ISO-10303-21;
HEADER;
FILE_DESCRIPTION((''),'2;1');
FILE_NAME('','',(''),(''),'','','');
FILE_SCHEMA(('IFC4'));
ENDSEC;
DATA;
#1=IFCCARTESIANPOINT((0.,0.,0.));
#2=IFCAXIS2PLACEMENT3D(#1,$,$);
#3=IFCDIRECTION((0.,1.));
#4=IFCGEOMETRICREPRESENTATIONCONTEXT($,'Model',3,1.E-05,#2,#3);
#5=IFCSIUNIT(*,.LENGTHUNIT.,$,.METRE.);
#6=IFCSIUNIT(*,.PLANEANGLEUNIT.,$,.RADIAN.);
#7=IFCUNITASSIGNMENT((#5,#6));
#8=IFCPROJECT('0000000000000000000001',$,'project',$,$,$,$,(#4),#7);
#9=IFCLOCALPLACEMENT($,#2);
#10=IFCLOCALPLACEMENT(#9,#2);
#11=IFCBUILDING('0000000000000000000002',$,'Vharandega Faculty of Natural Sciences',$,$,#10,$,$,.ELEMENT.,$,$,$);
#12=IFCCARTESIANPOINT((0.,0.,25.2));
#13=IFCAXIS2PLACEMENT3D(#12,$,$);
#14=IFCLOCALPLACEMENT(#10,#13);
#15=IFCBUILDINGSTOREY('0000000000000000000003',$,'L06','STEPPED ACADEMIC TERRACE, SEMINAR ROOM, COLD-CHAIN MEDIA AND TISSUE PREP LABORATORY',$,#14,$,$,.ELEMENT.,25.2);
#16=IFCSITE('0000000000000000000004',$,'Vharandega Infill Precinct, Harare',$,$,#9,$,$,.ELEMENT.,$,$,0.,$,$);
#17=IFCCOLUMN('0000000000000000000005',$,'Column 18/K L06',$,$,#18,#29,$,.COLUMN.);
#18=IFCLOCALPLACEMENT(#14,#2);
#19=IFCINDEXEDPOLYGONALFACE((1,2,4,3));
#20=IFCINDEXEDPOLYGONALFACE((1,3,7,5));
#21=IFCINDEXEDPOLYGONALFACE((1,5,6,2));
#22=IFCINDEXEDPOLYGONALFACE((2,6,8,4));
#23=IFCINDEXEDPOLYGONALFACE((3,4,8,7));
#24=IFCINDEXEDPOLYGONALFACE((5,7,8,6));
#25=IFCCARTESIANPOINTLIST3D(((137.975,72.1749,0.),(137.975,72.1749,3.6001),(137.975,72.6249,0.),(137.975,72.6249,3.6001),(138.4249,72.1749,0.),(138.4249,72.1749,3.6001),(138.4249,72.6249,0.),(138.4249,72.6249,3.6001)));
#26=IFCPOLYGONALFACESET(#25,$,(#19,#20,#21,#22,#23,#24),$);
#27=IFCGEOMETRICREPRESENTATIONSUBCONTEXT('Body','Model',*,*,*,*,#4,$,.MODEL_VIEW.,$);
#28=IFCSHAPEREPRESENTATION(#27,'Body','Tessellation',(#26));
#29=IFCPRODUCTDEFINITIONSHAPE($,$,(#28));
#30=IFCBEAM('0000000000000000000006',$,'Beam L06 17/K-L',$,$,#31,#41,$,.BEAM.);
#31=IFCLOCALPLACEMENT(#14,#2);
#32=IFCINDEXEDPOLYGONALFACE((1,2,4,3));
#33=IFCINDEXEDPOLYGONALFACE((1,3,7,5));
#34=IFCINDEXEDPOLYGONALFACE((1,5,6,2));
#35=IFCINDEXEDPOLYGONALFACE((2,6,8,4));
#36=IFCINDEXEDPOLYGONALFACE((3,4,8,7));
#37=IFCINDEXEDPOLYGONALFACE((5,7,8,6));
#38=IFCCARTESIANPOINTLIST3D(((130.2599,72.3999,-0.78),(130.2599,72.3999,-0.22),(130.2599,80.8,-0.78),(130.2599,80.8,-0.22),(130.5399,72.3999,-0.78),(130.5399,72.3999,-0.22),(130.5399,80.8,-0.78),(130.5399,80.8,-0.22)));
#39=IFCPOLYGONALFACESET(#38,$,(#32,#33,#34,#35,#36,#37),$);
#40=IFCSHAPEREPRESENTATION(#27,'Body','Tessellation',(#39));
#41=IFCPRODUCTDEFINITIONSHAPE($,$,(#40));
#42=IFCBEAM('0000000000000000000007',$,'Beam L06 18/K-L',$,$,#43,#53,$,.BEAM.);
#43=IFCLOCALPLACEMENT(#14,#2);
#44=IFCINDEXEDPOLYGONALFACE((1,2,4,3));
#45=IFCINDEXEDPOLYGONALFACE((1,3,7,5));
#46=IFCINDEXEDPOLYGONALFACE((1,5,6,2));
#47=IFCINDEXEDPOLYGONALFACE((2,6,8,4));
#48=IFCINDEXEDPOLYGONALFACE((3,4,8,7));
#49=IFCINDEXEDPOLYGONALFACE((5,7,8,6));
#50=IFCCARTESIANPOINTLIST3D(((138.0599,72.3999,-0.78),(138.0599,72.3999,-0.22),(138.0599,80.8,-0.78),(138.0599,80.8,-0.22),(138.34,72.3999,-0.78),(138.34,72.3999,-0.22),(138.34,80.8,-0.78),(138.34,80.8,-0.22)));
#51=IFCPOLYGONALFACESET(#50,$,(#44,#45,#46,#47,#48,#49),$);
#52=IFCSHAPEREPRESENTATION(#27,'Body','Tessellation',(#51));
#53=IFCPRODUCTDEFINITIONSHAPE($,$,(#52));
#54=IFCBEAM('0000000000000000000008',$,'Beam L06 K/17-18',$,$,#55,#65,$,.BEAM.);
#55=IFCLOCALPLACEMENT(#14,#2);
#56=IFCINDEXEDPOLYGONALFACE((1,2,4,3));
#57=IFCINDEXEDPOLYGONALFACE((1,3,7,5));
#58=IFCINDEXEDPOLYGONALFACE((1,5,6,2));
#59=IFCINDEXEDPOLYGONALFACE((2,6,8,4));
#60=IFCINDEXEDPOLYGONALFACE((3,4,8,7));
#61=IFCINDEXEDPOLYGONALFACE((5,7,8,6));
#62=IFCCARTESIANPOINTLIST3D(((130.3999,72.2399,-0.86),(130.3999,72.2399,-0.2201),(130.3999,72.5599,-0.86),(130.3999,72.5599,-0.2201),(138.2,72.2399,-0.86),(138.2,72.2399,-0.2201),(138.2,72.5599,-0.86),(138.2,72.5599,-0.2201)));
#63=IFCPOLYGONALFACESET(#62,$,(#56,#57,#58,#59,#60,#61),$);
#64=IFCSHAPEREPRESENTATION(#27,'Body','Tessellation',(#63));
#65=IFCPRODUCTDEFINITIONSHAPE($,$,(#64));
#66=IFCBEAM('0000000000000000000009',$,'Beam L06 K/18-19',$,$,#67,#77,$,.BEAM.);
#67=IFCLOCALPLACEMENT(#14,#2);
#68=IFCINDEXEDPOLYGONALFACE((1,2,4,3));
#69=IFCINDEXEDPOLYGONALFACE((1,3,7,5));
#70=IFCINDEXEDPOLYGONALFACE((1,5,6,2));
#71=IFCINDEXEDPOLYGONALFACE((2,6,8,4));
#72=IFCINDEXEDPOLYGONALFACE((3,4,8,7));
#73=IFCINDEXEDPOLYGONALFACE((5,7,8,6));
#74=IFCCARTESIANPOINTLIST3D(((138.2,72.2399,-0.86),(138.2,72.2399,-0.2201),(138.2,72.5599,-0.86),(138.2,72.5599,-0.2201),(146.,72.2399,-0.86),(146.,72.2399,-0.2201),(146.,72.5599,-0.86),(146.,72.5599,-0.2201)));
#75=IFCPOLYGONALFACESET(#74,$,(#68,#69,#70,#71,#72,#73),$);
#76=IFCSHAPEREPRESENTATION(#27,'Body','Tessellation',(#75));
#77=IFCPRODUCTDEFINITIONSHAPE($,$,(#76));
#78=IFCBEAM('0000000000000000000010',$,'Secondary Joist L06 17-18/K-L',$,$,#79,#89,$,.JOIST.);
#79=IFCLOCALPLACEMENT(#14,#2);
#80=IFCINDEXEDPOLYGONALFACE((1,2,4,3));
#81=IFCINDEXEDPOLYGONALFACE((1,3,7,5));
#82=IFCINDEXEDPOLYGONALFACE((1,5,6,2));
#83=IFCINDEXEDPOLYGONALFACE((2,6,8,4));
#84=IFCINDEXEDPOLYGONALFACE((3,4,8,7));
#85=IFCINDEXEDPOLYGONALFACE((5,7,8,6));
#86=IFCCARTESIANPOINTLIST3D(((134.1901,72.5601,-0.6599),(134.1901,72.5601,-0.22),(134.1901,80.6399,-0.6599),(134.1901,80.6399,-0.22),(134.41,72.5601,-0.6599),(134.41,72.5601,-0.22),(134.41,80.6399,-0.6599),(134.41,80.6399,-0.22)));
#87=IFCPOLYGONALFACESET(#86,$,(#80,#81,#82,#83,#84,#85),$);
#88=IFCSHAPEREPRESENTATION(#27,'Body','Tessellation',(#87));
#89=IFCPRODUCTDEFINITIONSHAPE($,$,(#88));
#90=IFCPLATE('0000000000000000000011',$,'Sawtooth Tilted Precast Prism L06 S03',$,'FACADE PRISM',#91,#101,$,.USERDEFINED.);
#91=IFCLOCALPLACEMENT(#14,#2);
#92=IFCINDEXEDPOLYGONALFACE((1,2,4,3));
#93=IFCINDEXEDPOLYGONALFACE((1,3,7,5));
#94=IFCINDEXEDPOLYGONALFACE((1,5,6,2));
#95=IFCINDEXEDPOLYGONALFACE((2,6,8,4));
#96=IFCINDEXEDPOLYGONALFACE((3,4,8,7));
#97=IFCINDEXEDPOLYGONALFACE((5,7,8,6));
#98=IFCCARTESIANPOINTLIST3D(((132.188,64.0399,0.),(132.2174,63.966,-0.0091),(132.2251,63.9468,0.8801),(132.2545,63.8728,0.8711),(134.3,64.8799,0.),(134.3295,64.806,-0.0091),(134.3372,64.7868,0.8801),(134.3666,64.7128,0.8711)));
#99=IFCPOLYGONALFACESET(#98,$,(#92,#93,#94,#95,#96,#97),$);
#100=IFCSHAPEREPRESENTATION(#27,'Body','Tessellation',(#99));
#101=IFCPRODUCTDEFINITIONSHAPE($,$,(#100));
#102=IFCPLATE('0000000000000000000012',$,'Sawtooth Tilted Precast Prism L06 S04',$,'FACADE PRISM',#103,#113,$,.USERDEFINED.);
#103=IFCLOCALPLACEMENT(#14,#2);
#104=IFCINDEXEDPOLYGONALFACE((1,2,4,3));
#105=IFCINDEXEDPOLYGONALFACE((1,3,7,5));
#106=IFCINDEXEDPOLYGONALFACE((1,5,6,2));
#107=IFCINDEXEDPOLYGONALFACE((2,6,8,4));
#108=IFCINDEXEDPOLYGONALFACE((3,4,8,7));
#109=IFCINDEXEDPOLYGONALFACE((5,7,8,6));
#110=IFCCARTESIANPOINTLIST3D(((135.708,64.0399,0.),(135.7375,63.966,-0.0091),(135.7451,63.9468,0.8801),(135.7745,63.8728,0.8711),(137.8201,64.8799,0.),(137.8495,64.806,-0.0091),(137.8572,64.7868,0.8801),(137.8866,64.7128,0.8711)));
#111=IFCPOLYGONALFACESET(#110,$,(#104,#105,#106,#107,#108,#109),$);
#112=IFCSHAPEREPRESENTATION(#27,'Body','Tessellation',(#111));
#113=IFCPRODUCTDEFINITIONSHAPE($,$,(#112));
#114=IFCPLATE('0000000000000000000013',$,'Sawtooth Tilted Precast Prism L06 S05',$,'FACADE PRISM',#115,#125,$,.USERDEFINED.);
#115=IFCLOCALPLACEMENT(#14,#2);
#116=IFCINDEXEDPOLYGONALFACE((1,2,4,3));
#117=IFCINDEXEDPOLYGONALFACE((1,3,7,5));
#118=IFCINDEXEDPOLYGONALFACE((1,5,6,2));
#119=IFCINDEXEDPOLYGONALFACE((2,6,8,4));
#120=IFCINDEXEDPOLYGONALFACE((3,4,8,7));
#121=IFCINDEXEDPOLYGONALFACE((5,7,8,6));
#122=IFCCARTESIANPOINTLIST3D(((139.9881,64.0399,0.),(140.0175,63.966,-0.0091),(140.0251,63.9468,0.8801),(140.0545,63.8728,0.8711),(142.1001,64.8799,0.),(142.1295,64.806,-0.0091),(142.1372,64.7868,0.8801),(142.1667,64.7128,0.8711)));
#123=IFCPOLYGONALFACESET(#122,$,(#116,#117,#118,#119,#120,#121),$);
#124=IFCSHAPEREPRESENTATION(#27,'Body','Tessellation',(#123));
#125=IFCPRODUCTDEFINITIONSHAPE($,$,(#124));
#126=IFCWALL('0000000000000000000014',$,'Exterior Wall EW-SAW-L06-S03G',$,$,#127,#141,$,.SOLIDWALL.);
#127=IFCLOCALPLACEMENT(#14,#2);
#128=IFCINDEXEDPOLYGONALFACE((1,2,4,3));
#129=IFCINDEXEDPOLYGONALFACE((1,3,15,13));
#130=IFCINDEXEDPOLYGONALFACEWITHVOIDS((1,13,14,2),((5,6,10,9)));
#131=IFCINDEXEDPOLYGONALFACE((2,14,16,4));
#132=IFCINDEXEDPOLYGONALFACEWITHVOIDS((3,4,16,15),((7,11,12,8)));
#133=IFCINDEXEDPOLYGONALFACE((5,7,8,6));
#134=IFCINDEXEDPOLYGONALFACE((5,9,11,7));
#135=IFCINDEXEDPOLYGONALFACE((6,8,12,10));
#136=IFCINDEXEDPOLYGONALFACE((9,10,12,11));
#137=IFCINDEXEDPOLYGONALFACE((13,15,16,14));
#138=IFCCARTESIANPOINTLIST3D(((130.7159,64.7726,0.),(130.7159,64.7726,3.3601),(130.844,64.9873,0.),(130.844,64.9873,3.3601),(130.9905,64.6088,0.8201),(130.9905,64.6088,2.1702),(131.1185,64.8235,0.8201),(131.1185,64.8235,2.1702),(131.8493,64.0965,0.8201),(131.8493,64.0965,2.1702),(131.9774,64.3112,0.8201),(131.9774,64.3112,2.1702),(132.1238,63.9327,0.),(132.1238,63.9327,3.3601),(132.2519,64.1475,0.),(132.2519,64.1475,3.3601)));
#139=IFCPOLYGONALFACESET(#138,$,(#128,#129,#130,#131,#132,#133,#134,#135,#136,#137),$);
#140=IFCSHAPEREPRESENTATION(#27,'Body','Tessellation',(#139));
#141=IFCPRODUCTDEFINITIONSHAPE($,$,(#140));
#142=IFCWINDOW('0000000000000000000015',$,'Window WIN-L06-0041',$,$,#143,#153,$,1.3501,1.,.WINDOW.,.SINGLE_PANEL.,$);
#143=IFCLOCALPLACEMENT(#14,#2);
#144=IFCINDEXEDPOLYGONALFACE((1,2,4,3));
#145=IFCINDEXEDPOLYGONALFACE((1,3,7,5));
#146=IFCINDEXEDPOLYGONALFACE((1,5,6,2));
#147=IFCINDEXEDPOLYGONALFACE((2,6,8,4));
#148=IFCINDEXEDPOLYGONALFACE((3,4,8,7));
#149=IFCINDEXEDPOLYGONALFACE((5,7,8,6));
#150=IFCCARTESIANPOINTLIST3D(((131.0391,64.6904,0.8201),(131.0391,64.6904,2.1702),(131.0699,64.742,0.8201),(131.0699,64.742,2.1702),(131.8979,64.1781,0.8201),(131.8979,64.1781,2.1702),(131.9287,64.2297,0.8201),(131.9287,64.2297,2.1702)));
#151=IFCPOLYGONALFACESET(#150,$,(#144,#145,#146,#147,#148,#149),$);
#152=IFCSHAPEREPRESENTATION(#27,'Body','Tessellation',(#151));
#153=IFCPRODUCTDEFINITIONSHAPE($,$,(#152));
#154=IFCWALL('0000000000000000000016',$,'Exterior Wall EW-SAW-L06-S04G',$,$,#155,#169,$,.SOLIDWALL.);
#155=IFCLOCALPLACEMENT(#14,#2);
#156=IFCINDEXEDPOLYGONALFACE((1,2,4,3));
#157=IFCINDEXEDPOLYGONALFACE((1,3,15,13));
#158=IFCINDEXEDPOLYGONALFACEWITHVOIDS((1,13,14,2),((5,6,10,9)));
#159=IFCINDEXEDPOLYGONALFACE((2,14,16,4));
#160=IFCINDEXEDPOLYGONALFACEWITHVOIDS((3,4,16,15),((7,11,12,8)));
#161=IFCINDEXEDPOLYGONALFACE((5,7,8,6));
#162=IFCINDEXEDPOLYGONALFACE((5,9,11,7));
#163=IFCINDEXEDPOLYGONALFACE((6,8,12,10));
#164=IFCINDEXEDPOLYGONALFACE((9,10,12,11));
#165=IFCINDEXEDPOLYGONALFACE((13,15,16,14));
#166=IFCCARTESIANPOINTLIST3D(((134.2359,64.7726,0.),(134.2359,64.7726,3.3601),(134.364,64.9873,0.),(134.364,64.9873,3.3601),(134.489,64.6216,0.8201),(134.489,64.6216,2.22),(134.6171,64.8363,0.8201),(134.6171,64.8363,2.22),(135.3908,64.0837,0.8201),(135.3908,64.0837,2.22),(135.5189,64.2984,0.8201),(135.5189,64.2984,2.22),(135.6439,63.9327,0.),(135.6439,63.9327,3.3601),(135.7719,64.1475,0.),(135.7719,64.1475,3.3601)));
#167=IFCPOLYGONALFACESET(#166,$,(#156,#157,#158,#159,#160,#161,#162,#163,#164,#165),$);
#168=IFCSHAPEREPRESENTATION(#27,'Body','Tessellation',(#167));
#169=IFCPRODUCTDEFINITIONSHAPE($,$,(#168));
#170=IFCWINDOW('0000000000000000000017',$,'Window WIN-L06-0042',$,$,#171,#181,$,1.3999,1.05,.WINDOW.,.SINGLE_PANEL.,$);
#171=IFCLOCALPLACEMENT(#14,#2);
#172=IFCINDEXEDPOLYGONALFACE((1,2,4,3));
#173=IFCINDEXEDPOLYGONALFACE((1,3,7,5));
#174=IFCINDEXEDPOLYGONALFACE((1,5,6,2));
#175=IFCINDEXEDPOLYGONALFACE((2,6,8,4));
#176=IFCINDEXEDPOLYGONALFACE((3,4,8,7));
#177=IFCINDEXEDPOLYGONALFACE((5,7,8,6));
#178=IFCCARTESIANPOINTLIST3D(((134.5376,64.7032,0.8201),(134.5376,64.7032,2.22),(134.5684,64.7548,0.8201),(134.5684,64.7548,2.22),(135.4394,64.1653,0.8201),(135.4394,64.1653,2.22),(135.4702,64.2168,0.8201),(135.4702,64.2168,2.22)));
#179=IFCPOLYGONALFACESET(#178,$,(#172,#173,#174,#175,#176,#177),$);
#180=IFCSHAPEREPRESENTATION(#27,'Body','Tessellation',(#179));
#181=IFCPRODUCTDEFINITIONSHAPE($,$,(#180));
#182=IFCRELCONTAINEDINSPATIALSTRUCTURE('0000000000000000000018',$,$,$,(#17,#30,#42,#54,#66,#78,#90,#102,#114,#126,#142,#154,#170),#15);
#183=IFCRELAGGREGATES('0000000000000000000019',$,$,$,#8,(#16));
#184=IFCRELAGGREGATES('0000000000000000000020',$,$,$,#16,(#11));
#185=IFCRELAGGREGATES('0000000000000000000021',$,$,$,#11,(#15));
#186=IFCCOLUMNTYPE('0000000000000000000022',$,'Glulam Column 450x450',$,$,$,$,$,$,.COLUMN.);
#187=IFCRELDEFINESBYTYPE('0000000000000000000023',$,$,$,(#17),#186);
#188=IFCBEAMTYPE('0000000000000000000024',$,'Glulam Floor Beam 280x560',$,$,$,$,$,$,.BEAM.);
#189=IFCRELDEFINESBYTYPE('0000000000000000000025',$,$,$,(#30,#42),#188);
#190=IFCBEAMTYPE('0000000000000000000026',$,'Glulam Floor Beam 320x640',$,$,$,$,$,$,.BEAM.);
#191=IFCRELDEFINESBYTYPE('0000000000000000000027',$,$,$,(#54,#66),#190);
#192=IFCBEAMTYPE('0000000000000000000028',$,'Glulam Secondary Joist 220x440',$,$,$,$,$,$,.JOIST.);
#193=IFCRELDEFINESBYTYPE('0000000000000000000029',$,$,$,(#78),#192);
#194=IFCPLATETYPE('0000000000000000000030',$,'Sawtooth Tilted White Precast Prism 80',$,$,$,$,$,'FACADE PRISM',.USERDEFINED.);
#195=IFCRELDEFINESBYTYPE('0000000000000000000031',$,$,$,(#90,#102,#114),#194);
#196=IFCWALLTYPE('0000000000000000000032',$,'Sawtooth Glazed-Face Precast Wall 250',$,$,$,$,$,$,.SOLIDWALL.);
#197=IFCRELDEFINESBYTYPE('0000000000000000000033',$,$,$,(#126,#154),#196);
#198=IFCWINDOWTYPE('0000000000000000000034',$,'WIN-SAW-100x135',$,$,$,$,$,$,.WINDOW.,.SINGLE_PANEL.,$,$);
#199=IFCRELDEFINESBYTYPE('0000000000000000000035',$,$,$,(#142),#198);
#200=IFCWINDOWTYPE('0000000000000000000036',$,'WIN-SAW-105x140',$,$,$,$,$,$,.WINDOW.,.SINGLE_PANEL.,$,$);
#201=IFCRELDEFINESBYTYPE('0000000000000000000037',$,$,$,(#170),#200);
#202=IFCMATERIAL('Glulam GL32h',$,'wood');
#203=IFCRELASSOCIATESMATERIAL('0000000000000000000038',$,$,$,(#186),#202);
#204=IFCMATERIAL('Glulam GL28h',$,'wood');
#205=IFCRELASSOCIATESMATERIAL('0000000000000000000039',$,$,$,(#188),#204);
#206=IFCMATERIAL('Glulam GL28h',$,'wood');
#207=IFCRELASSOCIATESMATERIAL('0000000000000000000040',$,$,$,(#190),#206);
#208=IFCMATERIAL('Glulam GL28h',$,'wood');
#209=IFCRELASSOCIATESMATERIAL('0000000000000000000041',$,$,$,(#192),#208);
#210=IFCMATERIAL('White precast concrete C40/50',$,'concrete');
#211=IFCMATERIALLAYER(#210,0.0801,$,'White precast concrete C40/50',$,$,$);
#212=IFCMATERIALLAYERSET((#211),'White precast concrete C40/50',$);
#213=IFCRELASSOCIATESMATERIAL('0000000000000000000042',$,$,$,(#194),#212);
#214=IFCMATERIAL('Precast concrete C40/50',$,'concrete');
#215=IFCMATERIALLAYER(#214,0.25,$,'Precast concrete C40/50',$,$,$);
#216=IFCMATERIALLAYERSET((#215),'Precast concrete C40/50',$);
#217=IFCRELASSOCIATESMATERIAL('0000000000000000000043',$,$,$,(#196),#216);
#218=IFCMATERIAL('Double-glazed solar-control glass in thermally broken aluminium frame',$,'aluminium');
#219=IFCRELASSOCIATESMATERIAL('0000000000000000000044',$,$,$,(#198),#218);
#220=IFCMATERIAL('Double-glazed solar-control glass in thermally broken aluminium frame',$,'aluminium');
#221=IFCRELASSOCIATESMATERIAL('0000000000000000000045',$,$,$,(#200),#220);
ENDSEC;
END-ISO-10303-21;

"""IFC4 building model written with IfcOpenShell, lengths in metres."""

from ifc_helpers import new_model, si_unit, direction, frame, frame_2d, origin, origin_2d, place, context, subcontext, project, spatial, polyline, rectangle, outline, extrude, material, layer, layer_set, material_profile, profile_set, type_object, element, fill, save


model = new_model("IFC4")

# Units and contexts
model_context = context("Model", 3, precision=1e-05, world=origin(), true_north=direction((0.0, 1.0)))
body_context = subcontext(model_context, "Body", "Model", "MODEL_VIEW")
ifc_project = project(units=[si_unit("LENGTHUNIT", "METRE"), si_unit("PLANEANGLEUNIT", "RADIAN")], contexts=[model_context])

# Site, building, storey
site_placement = place(None, origin())
site = spatial("IfcSite", under=ifc_project, at=site_placement, Name="Vharandega Infill Precinct, Harare", CompositionType="ELEMENT", RefElevation=0.0)
building_placement = place(site_placement, origin())
building = spatial("IfcBuilding", under=site, at=building_placement, Name="Vharandega Faculty of Natural Sciences", CompositionType="ELEMENT")
storey_placement = place(building_placement, frame((0.0, 0.0, 25.2)))
storey = spatial("IfcBuildingStorey", under=building, at=storey_placement, Name="L06", Description="STEPPED ACADEMIC TERRACE, SEMINAR ROOM, COLD-CHAIN MEDIA AND TISSUE PREP LABORATORY", CompositionType="ELEMENT", Elevation=25.2)

# Column
ifc_material_1 = material(Name="Glulam GL32h", Category="wood")
ifc_material_profile_1 = material_profile(ifc_material_1, rectangle(XDim=0.45, YDim=0.45, at=origin_2d()), Name="GL32h 450x450")
ifc_profile_set_1 = profile_set([ifc_material_profile_1], Name="Glulam GL32h")
column_type = type_object("IfcColumnType", Name="Glulam Column 450x450", PredefinedType="COLUMN", material=ifc_profile_set_1)
column_placement = place(storey_placement, frame((138.2, 72.3999, 0.0), z_axis=(0.0, 0.0, 1.0), x_axis=(1.0, 0.0, 0.0)))
element("IfcColumn", 1, at=column_placement, inside=storey, type_object=column_type, Name="Column 18/K L06", PredefinedType="COLUMN", context=body_context, shape_type="SweptSolid", body=[
    extrude(rectangle(XDim=0.45, YDim=0.45, at=origin_2d()), origin(), (0.0, 0.0, 1.0), 3.6001),
])

# Beams
ifc_material_2 = material(Name="Glulam GL28h", Category="wood")
ifc_material_profile_2 = material_profile(ifc_material_2, rectangle(XDim=0.28, YDim=0.5601, at=origin_2d()), Name="GL28h 280x560")
ifc_profile_set_2 = profile_set([ifc_material_profile_2], Name="Glulam GL28h")
beam_type_1 = type_object("IfcBeamType", Name="Glulam Floor Beam 280x560", PredefinedType="BEAM", material=ifc_profile_set_2)
for number, where, z_axis, x_axis, name in (
    (2, (130.3999, 72.3999, -0.5), (0.0, 1.0, 0.0), (-1.0, 0.0, 0.0), "Beam L06 17/K-L"),
    (3, (138.2, 72.3999, -0.5), (0.0, 1.0, 0.0), (-1.0, 0.0, 0.0), "Beam L06 18/K-L"),
):
    element("IfcBeam", number, at=place(storey_placement, frame(where, z_axis=z_axis, x_axis=x_axis)), inside=storey, type_object=beam_type_1, Name=name, PredefinedType="BEAM", context=body_context, shape_type="SweptSolid", body=[
        extrude(rectangle(XDim=0.28, YDim=0.5601, at=origin_2d()), origin(), (0.0, 0.0, 1.0), 8.4001),
    ])
ifc_material_3 = material(Name="Glulam GL28h", Category="wood")
ifc_material_profile_3 = material_profile(ifc_material_3, rectangle(XDim=0.3201, YDim=0.6399, at=origin_2d()), Name="GL28h 320x640")
ifc_profile_set_3 = profile_set([ifc_material_profile_3], Name="Glulam GL28h")
beam_type_2 = type_object("IfcBeamType", Name="Glulam Floor Beam 320x640", PredefinedType="BEAM", material=ifc_profile_set_3)
for number, where, z_axis, x_axis, name in (
    (4, (130.3999, 72.3999, -0.54), (1.0, 0.0, 0.0), (0.0, 1.0, 0.0), "Beam L06 K/17-18"),
    (5, (138.2, 72.3999, -0.54), (1.0, 0.0, 0.0), (0.0, 1.0, 0.0), "Beam L06 K/18-19"),
):
    element("IfcBeam", number, at=place(storey_placement, frame(where, z_axis=z_axis, x_axis=x_axis)), inside=storey, type_object=beam_type_2, Name=name, PredefinedType="BEAM", context=body_context, shape_type="SweptSolid", body=[
        extrude(rectangle(XDim=0.3201, YDim=0.6399, at=origin_2d()), origin(), (0.0, 0.0, 1.0), 7.8),
    ])
ifc_material_4 = material(Name="Glulam GL28h", Category="wood")
ifc_material_profile_4 = material_profile(ifc_material_4, rectangle(XDim=0.22, YDim=0.4399, at=origin_2d()), Name="GL28h 220x440")
ifc_profile_set_4 = profile_set([ifc_material_profile_4], Name="Glulam GL28h")
beam_type_3 = type_object("IfcBeamType", Name="Glulam Secondary Joist 220x440", PredefinedType="JOIST", material=ifc_profile_set_4)
beam_placement = place(storey_placement, frame((134.3, 72.5601, -0.4399), z_axis=(0.0, 1.0, 0.0), x_axis=(-1.0, 0.0, 0.0)))
element("IfcBeam", 6, at=beam_placement, inside=storey, type_object=beam_type_3, Name="Secondary Joist L06 17-18/K-L", PredefinedType="JOIST", context=body_context, shape_type="SweptSolid", body=[
    extrude(rectangle(XDim=0.22, YDim=0.4399, at=origin_2d()), origin(), (0.0, 0.0, 1.0), 8.0798),
])

# Plates
ifc_material_5 = material(Name="White precast concrete C40/50", Category="concrete")
ifc_layer_1 = layer(ifc_material_5, 0.0801, Name="White precast concrete C40/50")
ifc_layer_set_1 = layer_set([ifc_layer_1], Name="White precast concrete C40/50")
plate_type = type_object("IfcPlateType", Name="Sawtooth Tilted White Precast Prism 80", ElementType="FACADE PRISM", PredefinedType="USERDEFINED", material=ifc_layer_set_1)
for number, where, z_axis, x_axis, name in (
    (7, (134.3, 64.8799, 0.0), (-0.367173, 0.923241, 0.113184), (0.04194, -0.105126, 0.993574), "Sawtooth Tilted Precast Prism L06 S03"),
    (8, (137.8201, 64.8799, 0.0), (-0.367173, 0.923241, 0.113184), (0.04194, -0.105126, 0.993574), "Sawtooth Tilted Precast Prism L06 S04"),
    (9, (142.1001, 64.8799, 0.0), (-0.367173, 0.923241, 0.113184), (0.04194, -0.105126, 0.993574), "Sawtooth Tilted Precast Prism L06 S05"),
):
    element("IfcPlate", number, at=place(storey_placement, frame(where, z_axis=z_axis, x_axis=x_axis)), inside=storey, type_object=plate_type, Name=name, ObjectType="FACADE PRISM", PredefinedType="USERDEFINED", context=body_context, shape_type="SweptSolid", body=[
        extrude(outline(polyline([(0.0, 0.0), (0.8858, 0.0), (0.8855, -2.273), (-0.0003, -2.2729), (0.0, 0.0)])), origin(), (0.0, 0.0, -1.0), 0.0801),
    ])

# Walls, openings, windows
ifc_material_6 = material(Name="Precast concrete C40/50", Category="concrete")
ifc_layer_2 = layer(ifc_material_6, 0.25, Name="Precast concrete C40/50")
ifc_layer_set_2 = layer_set([ifc_layer_2], Name="Precast concrete C40/50")
wall_type_1 = type_object("IfcWallType", Name="Sawtooth Glazed-Face Precast Wall 250", PredefinedType="SOLIDWALL", material=ifc_layer_set_2)
wall_1_placement = place(storey_placement, frame((132.188, 64.04, 0.0), z_axis=(0.0, 0.0, 1.0), x_axis=(-0.858817, 0.512282, 0.0)))
wall_1 = element("IfcWall", 10, at=wall_1_placement, inside=storey, type_object=wall_type_1, Name="Exterior Wall EW-SAW-L06-S03G", PredefinedType="SOLIDWALL", context=body_context, shape_type="SweptSolid", body=[
    extrude(rectangle(XDim=1.6394, YDim=0.25, at=frame_2d((0.8198, 0.0))), origin(), (0.0, 0.0, 1.0), 3.3601),
])
opening_1_placement = place(wall_1_placement, frame((0.3198, 0.0, 0.8201)))
opening_1 = element("IfcOpeningElement", 11, at=opening_1_placement, cuts=wall_1, PredefinedType="OPENING", context=body_context, shape_type="SweptSolid", body=[
    extrude(rectangle(XDim=1.0, YDim=1.3501, at=frame_2d((0.5, 0.675))), frame((0.0, 0.135, 0.0), z_axis=(0.0, -1.0, 0.0), x_axis=(1.0, 0.0, 0.0)), (0.0, 0.0, 1.0), 0.27),
])
ifc_material_7 = material(Name="Double-glazed solar-control glass in thermally broken aluminium frame", Category="aluminium")
window_type_1 = type_object("IfcWindowType", Name="WIN-SAW-100x135", PartitioningType="SINGLE_PANEL", PredefinedType="WINDOW", material=ifc_material_7)
window_1_placement = place(opening_1_placement, origin())
window_1 = element("IfcWindow", 12, at=window_1_placement, inside=storey, type_object=window_type_1, Name="Window WIN-L06-0041", OverallHeight=1.3501, OverallWidth=1.0, PartitioningType="SINGLE_PANEL", PredefinedType="WINDOW", context=body_context, shape_type="SweptSolid", body=[
    extrude(rectangle(XDim=1.0, YDim=1.3501, at=frame_2d((0.5, 0.675))), frame((0.0, 0.03, 0.0), z_axis=(0.0, -1.0, 0.0), x_axis=(1.0, 0.0, 0.0)), (0.0, 0.0, 1.0), 0.0601),
])
fill(opening_1, window_1)
wall_2_placement = place(storey_placement, frame((135.708, 64.04, 0.0), z_axis=(0.0, 0.0, 1.0), x_axis=(-0.858817, 0.512282, 0.0)))
wall_2 = element("IfcWall", 13, at=wall_2_placement, inside=storey, type_object=wall_type_1, Name="Exterior Wall EW-SAW-L06-S04G", PredefinedType="SOLIDWALL", context=body_context, shape_type="SweptSolid", body=[
    extrude(rectangle(XDim=1.6394, YDim=0.25, at=frame_2d((0.8198, 0.0))), origin(), (0.0, 0.0, 1.0), 3.3601),
])
opening_2_placement = place(wall_2_placement, frame((0.2949, 0.0, 0.8201)))
opening_2 = element("IfcOpeningElement", 14, at=opening_2_placement, cuts=wall_2, PredefinedType="OPENING", context=body_context, shape_type="SweptSolid", body=[
    extrude(rectangle(XDim=1.05, YDim=1.3999, at=frame_2d((0.5249, 0.7))), frame((0.0, 0.135, 0.0), z_axis=(0.0, -1.0, 0.0), x_axis=(1.0, 0.0, 0.0)), (0.0, 0.0, 1.0), 0.27),
])
ifc_material_8 = material(Name="Double-glazed solar-control glass in thermally broken aluminium frame", Category="aluminium")
window_type_2 = type_object("IfcWindowType", Name="WIN-SAW-105x140", PartitioningType="SINGLE_PANEL", PredefinedType="WINDOW", material=ifc_material_8)
window_2_placement = place(opening_2_placement, origin())
window_2 = element("IfcWindow", 15, at=window_2_placement, inside=storey, type_object=window_type_2, Name="Window WIN-L06-0042", OverallHeight=1.3999, OverallWidth=1.05, PartitioningType="SINGLE_PANEL", PredefinedType="WINDOW", context=body_context, shape_type="SweptSolid", body=[
    extrude(rectangle(XDim=1.05, YDim=1.3999, at=frame_2d((0.5249, 0.7))), frame((0.0, 0.03, 0.0), z_axis=(0.0, -1.0, 0.0), x_axis=(1.0, 0.0, 0.0)), (0.0, 0.0, 1.0), 0.0601),
])
fill(opening_2, window_2)

save(model, "model.ifc")
